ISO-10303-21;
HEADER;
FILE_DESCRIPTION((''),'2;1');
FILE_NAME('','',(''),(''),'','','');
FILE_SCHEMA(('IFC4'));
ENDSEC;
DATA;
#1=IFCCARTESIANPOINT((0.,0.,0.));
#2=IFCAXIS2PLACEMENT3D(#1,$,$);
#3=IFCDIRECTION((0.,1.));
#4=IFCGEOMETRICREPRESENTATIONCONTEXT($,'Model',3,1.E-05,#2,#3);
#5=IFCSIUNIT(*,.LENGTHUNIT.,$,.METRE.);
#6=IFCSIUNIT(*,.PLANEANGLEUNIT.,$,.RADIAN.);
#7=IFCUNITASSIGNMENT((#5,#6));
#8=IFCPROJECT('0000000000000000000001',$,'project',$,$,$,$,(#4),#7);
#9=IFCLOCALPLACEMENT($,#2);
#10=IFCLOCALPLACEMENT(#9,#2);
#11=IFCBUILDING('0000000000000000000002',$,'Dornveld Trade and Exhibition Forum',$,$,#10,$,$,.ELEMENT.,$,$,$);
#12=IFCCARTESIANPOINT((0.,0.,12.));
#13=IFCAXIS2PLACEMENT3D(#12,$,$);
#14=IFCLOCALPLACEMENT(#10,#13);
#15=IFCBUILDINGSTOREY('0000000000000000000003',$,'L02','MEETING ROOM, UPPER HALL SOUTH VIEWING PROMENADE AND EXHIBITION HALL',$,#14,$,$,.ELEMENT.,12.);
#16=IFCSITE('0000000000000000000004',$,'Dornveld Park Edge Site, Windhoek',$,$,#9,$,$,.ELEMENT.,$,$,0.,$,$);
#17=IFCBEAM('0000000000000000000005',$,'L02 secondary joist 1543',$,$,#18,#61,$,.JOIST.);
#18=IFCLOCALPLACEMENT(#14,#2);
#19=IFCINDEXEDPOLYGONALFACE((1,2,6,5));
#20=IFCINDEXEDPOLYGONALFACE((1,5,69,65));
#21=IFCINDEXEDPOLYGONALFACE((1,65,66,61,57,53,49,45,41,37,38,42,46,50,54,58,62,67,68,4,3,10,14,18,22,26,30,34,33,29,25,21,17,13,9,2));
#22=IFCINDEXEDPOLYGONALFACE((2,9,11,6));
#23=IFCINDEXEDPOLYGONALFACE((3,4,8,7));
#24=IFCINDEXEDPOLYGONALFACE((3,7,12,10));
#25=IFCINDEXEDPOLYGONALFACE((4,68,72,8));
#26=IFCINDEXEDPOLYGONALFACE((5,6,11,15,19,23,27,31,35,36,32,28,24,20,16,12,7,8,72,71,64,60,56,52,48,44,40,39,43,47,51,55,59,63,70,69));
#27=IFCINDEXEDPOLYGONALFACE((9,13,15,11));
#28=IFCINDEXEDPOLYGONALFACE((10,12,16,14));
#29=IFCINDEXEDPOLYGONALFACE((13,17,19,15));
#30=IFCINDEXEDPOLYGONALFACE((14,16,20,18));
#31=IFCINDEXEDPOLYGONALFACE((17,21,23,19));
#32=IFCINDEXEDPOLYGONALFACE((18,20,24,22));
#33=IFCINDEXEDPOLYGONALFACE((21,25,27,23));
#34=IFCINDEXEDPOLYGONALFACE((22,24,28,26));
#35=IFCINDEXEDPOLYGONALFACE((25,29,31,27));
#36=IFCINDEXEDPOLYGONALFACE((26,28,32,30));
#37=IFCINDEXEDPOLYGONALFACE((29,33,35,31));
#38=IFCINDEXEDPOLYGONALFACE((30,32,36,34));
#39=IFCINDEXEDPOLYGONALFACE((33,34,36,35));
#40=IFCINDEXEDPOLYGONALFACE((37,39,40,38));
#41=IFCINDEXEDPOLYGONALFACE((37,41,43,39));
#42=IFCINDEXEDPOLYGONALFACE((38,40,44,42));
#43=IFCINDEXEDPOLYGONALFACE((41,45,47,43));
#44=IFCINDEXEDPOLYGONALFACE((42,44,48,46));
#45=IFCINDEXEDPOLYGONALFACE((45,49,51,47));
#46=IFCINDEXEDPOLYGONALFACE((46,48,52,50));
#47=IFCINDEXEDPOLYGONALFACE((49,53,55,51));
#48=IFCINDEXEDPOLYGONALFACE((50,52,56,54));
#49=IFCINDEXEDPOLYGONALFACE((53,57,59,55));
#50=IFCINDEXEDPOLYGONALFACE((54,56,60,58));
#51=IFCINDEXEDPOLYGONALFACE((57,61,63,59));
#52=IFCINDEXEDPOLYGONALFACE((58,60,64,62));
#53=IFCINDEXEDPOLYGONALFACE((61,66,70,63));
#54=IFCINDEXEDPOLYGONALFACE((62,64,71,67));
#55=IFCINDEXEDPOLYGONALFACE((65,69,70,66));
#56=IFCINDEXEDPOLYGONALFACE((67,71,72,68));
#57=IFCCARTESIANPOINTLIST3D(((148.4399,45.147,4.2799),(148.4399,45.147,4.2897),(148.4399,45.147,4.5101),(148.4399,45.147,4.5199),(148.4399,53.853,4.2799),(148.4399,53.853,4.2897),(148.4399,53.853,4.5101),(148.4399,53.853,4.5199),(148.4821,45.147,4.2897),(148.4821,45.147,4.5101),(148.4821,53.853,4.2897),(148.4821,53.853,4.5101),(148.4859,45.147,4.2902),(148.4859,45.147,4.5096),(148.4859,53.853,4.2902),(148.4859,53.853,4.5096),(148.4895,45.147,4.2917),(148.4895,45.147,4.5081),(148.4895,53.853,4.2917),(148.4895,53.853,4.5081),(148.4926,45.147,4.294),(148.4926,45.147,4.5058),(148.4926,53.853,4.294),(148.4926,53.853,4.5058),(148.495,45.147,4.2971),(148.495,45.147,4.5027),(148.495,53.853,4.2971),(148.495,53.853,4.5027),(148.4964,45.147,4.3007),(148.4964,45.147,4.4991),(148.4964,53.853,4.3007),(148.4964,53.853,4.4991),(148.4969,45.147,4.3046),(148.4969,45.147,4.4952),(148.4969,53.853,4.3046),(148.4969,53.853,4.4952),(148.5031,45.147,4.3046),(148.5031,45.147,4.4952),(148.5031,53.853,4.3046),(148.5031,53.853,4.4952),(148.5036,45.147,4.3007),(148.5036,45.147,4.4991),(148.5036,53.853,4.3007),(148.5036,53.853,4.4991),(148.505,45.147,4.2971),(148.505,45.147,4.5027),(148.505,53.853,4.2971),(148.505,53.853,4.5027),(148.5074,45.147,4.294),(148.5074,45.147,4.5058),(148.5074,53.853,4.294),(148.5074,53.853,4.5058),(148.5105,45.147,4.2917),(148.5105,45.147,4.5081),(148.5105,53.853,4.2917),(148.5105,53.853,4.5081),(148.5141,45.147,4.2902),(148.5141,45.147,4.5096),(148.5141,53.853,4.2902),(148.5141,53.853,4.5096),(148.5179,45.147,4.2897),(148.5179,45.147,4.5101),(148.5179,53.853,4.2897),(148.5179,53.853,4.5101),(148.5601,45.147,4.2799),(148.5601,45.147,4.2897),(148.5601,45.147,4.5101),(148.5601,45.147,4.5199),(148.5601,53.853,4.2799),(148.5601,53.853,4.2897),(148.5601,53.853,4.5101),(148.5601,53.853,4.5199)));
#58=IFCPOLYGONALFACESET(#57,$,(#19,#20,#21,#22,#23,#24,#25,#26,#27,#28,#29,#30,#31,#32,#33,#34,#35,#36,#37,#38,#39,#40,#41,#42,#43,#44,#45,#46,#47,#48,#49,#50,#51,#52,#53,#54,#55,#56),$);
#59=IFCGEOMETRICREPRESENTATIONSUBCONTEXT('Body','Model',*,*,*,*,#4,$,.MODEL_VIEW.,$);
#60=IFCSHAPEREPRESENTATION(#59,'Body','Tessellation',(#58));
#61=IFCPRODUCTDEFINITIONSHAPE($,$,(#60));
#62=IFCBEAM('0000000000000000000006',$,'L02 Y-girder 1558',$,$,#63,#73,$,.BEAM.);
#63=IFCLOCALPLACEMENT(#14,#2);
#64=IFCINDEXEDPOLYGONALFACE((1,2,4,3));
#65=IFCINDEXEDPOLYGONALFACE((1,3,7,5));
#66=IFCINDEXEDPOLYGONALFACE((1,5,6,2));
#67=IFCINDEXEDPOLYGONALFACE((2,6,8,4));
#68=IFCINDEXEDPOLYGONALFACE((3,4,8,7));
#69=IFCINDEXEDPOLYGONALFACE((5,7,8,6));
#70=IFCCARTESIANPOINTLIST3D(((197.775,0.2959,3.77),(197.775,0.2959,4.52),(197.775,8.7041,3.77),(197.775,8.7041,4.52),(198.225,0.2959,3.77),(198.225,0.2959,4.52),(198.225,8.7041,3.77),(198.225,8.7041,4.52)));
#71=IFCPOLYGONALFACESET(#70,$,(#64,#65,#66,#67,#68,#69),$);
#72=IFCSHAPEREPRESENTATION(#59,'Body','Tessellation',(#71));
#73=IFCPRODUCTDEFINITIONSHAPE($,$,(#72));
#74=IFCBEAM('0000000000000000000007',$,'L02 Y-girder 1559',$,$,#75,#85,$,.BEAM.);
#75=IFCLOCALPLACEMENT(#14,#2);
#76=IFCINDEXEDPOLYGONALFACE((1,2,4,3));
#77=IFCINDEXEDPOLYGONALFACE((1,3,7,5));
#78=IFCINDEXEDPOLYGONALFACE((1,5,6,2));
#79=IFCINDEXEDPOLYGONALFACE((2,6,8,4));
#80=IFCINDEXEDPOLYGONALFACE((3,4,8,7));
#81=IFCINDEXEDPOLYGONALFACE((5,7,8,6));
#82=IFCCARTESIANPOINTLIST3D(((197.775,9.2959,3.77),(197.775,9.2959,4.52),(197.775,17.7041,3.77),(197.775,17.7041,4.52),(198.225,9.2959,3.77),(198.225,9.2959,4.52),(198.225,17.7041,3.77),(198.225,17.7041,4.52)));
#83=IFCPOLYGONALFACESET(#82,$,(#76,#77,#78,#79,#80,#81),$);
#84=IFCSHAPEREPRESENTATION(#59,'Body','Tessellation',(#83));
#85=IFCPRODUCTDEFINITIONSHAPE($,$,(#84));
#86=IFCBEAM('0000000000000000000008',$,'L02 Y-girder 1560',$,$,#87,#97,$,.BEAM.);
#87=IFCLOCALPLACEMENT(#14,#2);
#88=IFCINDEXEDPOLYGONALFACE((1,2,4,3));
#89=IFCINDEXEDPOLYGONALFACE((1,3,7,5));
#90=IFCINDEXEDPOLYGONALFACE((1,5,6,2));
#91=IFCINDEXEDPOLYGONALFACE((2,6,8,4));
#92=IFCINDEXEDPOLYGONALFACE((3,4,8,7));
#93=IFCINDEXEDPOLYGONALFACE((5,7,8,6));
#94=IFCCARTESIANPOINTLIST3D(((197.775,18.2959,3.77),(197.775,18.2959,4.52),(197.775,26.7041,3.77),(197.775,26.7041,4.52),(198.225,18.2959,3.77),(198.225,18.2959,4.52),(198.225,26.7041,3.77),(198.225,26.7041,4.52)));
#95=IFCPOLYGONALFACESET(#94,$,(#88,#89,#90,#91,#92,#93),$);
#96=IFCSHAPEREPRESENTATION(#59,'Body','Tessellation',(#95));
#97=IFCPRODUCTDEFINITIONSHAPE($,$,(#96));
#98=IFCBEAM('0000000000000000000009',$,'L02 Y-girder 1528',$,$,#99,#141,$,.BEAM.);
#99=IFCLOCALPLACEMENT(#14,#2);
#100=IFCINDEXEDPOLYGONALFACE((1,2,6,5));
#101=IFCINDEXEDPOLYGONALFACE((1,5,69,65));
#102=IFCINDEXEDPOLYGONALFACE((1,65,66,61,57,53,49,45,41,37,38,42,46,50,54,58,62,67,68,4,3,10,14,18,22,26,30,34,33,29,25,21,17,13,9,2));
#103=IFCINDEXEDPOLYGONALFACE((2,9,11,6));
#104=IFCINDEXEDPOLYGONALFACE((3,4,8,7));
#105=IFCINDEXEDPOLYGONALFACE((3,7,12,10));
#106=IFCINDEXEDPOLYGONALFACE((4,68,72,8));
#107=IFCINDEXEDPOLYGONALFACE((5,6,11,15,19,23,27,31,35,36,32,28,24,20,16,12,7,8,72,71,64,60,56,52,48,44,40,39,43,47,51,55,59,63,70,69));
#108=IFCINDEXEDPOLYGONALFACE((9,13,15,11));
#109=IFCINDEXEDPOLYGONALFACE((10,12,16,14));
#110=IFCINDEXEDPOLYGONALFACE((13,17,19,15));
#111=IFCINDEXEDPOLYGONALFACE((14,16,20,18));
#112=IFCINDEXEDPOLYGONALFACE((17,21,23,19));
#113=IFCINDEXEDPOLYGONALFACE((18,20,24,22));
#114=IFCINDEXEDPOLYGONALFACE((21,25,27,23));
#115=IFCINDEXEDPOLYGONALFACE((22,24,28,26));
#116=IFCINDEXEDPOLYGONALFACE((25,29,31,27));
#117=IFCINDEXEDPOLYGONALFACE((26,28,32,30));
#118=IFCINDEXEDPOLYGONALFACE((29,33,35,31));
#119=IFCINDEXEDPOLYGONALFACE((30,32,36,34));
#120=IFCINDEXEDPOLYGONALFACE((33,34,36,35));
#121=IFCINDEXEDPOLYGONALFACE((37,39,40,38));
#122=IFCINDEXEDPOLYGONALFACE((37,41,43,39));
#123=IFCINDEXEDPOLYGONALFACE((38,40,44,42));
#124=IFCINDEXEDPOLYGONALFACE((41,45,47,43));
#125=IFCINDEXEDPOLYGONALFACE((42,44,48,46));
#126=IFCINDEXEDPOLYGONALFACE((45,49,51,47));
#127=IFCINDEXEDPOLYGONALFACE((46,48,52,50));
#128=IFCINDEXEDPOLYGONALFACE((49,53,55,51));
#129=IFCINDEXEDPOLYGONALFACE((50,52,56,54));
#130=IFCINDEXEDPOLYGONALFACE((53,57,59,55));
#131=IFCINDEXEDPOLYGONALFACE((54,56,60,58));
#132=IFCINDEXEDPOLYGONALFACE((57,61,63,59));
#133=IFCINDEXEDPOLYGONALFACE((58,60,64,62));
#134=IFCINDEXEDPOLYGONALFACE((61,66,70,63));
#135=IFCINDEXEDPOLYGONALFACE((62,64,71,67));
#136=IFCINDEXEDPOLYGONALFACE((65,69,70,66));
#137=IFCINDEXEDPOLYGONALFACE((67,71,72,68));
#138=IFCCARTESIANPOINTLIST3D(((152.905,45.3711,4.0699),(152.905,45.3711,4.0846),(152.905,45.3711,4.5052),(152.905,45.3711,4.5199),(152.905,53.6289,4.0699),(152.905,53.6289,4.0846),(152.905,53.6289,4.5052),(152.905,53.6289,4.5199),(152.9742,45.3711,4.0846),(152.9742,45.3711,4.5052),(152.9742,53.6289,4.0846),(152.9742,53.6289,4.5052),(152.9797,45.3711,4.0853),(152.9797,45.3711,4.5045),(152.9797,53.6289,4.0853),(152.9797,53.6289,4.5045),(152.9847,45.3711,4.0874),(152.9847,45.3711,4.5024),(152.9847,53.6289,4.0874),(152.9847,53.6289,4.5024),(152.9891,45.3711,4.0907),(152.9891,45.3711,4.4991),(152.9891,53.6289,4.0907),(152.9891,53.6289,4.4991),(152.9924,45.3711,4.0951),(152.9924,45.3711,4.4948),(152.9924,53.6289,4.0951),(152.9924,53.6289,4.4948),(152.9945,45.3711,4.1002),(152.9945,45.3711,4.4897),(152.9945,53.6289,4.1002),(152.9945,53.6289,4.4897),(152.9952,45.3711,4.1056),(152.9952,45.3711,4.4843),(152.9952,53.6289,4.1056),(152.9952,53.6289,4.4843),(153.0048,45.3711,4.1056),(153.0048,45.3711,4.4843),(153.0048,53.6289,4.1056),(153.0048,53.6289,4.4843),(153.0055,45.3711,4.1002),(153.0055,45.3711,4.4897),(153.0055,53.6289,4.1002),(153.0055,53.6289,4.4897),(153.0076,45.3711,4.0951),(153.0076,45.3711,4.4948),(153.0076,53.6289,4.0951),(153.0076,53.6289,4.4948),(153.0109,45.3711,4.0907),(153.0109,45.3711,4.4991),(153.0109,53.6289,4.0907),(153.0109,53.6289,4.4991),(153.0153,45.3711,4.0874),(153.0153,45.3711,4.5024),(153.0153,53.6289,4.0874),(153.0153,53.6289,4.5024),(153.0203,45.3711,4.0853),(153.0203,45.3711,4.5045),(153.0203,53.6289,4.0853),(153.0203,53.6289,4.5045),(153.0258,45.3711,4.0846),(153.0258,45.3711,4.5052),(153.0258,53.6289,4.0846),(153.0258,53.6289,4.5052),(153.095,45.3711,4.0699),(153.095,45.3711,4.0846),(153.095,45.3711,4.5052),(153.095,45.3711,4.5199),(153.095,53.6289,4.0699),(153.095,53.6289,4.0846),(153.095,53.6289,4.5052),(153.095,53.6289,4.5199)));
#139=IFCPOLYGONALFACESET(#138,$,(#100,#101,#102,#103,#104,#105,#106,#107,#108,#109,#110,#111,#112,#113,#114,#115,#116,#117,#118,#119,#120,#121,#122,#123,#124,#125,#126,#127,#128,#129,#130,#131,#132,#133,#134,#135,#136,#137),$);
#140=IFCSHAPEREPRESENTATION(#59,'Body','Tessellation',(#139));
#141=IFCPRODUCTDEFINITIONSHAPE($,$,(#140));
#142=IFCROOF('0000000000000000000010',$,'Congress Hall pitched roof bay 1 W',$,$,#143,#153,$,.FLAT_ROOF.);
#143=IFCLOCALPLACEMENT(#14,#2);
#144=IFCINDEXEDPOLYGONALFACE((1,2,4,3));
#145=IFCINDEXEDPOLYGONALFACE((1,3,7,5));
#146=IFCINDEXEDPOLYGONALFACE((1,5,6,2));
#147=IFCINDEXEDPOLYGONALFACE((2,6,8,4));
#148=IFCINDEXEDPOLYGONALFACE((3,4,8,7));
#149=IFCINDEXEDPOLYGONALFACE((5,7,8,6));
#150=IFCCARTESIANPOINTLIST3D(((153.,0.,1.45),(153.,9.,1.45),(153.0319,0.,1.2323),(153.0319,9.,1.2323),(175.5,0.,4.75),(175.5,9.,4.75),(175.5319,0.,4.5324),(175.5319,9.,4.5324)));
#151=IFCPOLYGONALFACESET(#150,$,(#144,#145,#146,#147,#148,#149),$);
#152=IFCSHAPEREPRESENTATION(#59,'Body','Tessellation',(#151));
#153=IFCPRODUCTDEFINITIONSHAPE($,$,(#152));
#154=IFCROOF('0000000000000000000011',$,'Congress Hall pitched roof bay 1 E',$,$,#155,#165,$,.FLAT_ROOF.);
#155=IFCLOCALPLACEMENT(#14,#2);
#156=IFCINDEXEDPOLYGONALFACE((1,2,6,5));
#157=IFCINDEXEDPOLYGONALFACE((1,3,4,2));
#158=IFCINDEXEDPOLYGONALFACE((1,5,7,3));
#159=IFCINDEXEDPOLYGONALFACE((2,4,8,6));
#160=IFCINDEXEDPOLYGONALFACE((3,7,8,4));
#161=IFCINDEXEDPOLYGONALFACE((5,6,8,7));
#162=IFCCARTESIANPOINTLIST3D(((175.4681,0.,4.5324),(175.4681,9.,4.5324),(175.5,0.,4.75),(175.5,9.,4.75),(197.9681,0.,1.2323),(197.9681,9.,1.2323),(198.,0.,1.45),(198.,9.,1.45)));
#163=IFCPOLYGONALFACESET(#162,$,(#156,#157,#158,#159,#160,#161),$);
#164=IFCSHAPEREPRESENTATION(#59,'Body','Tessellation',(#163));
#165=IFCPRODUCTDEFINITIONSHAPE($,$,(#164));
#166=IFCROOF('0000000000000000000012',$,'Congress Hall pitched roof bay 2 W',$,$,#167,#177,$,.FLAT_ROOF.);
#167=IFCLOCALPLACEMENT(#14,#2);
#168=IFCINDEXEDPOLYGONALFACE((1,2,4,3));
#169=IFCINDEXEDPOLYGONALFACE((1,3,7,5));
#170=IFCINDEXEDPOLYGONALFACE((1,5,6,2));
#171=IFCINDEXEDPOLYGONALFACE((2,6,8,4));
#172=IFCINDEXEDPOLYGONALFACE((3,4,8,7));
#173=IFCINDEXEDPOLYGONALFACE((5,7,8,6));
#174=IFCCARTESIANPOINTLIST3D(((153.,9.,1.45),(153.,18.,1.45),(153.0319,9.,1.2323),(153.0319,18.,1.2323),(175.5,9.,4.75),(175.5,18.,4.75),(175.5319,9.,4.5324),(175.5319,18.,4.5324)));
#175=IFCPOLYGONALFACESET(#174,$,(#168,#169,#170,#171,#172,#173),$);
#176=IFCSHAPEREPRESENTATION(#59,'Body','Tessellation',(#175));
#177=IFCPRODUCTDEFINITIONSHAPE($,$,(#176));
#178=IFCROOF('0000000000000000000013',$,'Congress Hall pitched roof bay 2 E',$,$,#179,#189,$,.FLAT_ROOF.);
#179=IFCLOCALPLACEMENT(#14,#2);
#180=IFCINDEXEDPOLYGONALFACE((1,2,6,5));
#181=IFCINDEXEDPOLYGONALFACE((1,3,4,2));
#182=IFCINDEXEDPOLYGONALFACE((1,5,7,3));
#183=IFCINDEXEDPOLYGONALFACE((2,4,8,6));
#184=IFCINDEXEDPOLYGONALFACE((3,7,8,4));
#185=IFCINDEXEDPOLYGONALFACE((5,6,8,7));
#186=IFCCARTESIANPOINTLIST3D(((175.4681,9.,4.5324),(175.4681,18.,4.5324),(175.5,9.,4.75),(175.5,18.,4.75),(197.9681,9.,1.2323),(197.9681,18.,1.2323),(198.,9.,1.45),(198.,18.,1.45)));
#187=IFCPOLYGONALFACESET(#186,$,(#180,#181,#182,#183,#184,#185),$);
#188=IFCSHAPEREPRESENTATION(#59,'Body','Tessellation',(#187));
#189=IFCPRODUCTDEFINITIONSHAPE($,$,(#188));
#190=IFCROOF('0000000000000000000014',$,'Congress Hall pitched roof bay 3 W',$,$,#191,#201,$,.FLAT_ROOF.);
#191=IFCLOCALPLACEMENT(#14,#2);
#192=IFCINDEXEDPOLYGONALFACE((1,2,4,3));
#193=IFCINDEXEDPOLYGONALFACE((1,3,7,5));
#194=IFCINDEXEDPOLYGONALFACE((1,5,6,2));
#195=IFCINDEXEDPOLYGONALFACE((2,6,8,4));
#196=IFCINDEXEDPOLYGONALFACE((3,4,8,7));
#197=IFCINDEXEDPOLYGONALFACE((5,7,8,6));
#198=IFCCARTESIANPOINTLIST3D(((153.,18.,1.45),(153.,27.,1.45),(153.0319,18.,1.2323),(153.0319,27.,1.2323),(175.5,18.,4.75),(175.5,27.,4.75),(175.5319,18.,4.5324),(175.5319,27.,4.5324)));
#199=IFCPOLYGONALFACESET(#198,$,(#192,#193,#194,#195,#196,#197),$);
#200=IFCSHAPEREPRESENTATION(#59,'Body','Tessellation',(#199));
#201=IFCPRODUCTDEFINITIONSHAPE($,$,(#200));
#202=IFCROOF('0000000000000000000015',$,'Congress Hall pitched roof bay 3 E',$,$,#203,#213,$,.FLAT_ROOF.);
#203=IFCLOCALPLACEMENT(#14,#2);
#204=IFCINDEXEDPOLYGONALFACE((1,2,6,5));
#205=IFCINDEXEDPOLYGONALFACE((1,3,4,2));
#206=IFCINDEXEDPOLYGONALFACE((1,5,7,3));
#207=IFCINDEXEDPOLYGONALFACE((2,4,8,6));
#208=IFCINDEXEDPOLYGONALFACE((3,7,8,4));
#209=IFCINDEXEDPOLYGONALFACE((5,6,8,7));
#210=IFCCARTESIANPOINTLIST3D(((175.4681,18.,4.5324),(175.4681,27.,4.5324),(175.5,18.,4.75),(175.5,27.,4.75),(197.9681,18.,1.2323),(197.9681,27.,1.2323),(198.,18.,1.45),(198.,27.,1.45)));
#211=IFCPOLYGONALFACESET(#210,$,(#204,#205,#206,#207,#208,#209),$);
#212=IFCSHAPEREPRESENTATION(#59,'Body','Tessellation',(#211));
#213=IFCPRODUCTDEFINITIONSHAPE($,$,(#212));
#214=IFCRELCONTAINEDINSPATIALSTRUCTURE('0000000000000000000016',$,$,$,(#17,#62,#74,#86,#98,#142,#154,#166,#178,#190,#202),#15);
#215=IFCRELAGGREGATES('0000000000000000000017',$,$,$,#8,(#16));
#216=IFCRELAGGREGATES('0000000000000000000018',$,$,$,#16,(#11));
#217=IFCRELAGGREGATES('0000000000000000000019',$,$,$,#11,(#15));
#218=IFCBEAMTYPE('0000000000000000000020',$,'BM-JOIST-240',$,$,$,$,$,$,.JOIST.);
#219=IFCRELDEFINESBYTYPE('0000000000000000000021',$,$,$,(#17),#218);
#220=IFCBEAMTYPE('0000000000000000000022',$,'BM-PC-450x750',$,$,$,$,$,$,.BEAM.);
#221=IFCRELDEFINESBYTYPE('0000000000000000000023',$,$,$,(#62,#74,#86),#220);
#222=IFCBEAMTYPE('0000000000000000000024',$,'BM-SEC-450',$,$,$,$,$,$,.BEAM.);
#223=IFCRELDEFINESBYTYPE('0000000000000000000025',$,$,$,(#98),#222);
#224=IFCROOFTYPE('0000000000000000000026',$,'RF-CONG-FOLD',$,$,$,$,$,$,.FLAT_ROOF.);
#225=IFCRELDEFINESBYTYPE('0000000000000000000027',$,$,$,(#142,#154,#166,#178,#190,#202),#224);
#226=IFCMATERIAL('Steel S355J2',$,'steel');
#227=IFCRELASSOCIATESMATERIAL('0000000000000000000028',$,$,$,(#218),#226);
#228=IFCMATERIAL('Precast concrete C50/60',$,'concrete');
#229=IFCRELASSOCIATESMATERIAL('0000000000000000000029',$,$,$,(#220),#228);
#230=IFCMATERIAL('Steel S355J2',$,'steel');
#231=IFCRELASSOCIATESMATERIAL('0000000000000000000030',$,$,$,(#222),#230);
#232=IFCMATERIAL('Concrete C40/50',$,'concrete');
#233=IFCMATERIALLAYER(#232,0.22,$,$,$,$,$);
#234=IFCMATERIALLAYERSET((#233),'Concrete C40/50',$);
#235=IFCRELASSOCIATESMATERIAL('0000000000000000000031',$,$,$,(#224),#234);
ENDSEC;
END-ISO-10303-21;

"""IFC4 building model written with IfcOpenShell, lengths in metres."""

from ifc_helpers import new_model, si_unit, direction, frame, origin, origin_2d, place, context, subcontext, project, spatial, polyline, rectangle, i_section, outline, extrude, material, layer, layer_set, material_profile, profile_set, type_object, element, save


model = new_model("IFC4")

# Units and contexts
model_context = context("Model", 3, precision=1e-05, world=origin(), true_north=direction((0.0, 1.0)))
body_context = subcontext(model_context, "Body", "Model", "MODEL_VIEW")
ifc_project = project(units=[si_unit("LENGTHUNIT", "METRE"), si_unit("PLANEANGLEUNIT", "RADIAN")], contexts=[model_context])

# Site, building, storey
site_placement = place(None, origin())
site = spatial("IfcSite", under=ifc_project, at=site_placement, Name="Dornveld Park Edge Site, Windhoek", CompositionType="ELEMENT", RefElevation=0.0)
building_placement = place(site_placement, origin())
building = spatial("IfcBuilding", under=site, at=building_placement, Name="Dornveld Trade and Exhibition Forum", CompositionType="ELEMENT")
storey_placement = place(building_placement, frame((0.0, 0.0, 12.0)))
storey = spatial("IfcBuildingStorey", under=building, at=storey_placement, Name="L02", Description="MEETING ROOM, UPPER HALL SOUTH VIEWING PROMENADE AND EXHIBITION HALL", CompositionType="ELEMENT", Elevation=12.0)

# Beams
ifc_material_1 = material(Name="Steel S355J2", Category="steel")
ifc_material_profile_1 = material_profile(ifc_material_1, i_section(OverallWidth=0.1201, OverallDepth=0.24, WebThickness=0.0061, FlangeThickness=0.0098, FilletRadius=0.0149, at=origin_2d()), Name="IPE 240")
ifc_profile_set_1 = profile_set([ifc_material_profile_1], Name="Steel S355J2")
beam_type_1 = type_object("IfcBeamType", Name="BM-JOIST-240", PredefinedType="JOIST", material=ifc_profile_set_1)
beam_1_placement = place(storey_placement, frame((148.5, 45.147, 4.3999), z_axis=(0.0, 1.0, 0.0), x_axis=(-1.0, 0.0, 0.0)))
element("IfcBeam", 1, at=beam_1_placement, inside=storey, type_object=beam_type_1, Name="L02 secondary joist 1543", PredefinedType="JOIST", context=body_context, shape_type="SweptSolid", body=[
    extrude(i_section(OverallWidth=0.1201, OverallDepth=0.24, WebThickness=0.0061, FlangeThickness=0.0098, FilletRadius=0.0149, at=origin_2d()), origin(), (0.0, 0.0, 1.0), 8.7061),
])
ifc_material_2 = material(Name="Precast concrete C50/60", Category="concrete")
ifc_material_profile_2 = material_profile(ifc_material_2, rectangle(XDim=0.45, YDim=0.75, at=origin_2d()), Name="PC-BM 450x750")
ifc_profile_set_2 = profile_set([ifc_material_profile_2], Name="Precast concrete C50/60")
beam_type_2 = type_object("IfcBeamType", Name="BM-PC-450x750", PredefinedType="BEAM", material=ifc_profile_set_2)
for number, where, z_axis, x_axis, name in (
    (2, (198.0, 0.2959, 4.145), (0.0, 1.0, 0.0), (-1.0, 0.0, 0.0), "L02 Y-girder 1558"),
    (3, (198.0, 9.2959, 4.145), (0.0, 1.0, 0.0), (-1.0, 0.0, 0.0), "L02 Y-girder 1559"),
    (4, (198.0, 18.2959, 4.145), (0.0, 1.0, 0.0), (-1.0, 0.0, 0.0), "L02 Y-girder 1560"),
):
    element("IfcBeam", number, at=place(storey_placement, frame(where, z_axis=z_axis, x_axis=x_axis)), inside=storey, type_object=beam_type_2, Name=name, PredefinedType="BEAM", context=body_context, shape_type="SweptSolid", body=[
        extrude(rectangle(XDim=0.45, YDim=0.75, at=origin_2d()), origin(), (0.0, 0.0, 1.0), 8.4082),
    ])
ifc_material_3 = material(Name="Steel S355J2", Category="steel")
ifc_material_profile_3 = material_profile(ifc_material_3, i_section(OverallWidth=0.1899, OverallDepth=0.45, WebThickness=0.0095, FlangeThickness=0.0146, FilletRadius=0.021, at=origin_2d()), Name="IPE 450")
ifc_profile_set_3 = profile_set([ifc_material_profile_3], Name="Steel S355J2")
beam_type_3 = type_object("IfcBeamType", Name="BM-SEC-450", PredefinedType="BEAM", material=ifc_profile_set_3)
beam_2_placement = place(storey_placement, frame((153.0, 45.3711, 4.2949), z_axis=(0.0, 1.0, 0.0), x_axis=(-1.0, 0.0, 0.0)))
element("IfcBeam", 5, at=beam_2_placement, inside=storey, type_object=beam_type_3, Name="L02 Y-girder 1528", PredefinedType="BEAM", context=body_context, shape_type="SweptSolid", body=[
    extrude(i_section(OverallWidth=0.1899, OverallDepth=0.45, WebThickness=0.0095, FlangeThickness=0.0146, FilletRadius=0.021, at=origin_2d()), origin(), (0.0, 0.0, 1.0), 8.2578),
])

# Roofs
ifc_material_4 = material(Name="Concrete C40/50", Category="concrete")
ifc_layer = layer(ifc_material_4, 0.22)
ifc_layer_set = layer_set([ifc_layer], Name="Concrete C40/50")
roof_type = type_object("IfcRoofType", Name="RF-CONG-FOLD", PredefinedType="FLAT_ROOF", material=ifc_layer_set)
for number, where, z_axis, x_axis, name in (
    (6, (153.0, 0.0, 1.45), (-0.145116, 0.0, 0.989415), (0.989415, 0.0, 0.145116), "Congress Hall pitched roof bay 1 W"),
    (7, (175.5, 0.0, 4.75), (0.145116, 0.0, 0.989415), (0.989415, 0.0, -0.145116), "Congress Hall pitched roof bay 1 E"),
    (8, (153.0, 9.0, 1.45), (-0.145116, 0.0, 0.989415), (0.989415, 0.0, 0.145116), "Congress Hall pitched roof bay 2 W"),
    (9, (175.5, 9.0, 4.75), (0.145116, 0.0, 0.989415), (0.989415, 0.0, -0.145116), "Congress Hall pitched roof bay 2 E"),
    (10, (153.0, 18.0, 1.45), (-0.145116, 0.0, 0.989415), (0.989415, 0.0, 0.145116), "Congress Hall pitched roof bay 3 W"),
    (11, (175.5, 18.0, 4.75), (0.145116, 0.0, 0.989415), (0.989415, 0.0, -0.145116), "Congress Hall pitched roof bay 3 E"),
):
    element("IfcRoof", number, at=place(storey_placement, frame(where, z_axis=z_axis, x_axis=x_axis)), inside=storey, type_object=roof_type, Name=name, PredefinedType="FLAT_ROOF", context=body_context, shape_type="SweptSolid", body=[
        extrude(outline(polyline([(0.0, 0.0), (22.7407, 0.0), (22.7407, 9.0), (0.0, 9.0), (0.0, 0.0)])), origin(), (0.0, 0.0, -1.0), 0.22),
    ])

save(model, "model.ifc")
